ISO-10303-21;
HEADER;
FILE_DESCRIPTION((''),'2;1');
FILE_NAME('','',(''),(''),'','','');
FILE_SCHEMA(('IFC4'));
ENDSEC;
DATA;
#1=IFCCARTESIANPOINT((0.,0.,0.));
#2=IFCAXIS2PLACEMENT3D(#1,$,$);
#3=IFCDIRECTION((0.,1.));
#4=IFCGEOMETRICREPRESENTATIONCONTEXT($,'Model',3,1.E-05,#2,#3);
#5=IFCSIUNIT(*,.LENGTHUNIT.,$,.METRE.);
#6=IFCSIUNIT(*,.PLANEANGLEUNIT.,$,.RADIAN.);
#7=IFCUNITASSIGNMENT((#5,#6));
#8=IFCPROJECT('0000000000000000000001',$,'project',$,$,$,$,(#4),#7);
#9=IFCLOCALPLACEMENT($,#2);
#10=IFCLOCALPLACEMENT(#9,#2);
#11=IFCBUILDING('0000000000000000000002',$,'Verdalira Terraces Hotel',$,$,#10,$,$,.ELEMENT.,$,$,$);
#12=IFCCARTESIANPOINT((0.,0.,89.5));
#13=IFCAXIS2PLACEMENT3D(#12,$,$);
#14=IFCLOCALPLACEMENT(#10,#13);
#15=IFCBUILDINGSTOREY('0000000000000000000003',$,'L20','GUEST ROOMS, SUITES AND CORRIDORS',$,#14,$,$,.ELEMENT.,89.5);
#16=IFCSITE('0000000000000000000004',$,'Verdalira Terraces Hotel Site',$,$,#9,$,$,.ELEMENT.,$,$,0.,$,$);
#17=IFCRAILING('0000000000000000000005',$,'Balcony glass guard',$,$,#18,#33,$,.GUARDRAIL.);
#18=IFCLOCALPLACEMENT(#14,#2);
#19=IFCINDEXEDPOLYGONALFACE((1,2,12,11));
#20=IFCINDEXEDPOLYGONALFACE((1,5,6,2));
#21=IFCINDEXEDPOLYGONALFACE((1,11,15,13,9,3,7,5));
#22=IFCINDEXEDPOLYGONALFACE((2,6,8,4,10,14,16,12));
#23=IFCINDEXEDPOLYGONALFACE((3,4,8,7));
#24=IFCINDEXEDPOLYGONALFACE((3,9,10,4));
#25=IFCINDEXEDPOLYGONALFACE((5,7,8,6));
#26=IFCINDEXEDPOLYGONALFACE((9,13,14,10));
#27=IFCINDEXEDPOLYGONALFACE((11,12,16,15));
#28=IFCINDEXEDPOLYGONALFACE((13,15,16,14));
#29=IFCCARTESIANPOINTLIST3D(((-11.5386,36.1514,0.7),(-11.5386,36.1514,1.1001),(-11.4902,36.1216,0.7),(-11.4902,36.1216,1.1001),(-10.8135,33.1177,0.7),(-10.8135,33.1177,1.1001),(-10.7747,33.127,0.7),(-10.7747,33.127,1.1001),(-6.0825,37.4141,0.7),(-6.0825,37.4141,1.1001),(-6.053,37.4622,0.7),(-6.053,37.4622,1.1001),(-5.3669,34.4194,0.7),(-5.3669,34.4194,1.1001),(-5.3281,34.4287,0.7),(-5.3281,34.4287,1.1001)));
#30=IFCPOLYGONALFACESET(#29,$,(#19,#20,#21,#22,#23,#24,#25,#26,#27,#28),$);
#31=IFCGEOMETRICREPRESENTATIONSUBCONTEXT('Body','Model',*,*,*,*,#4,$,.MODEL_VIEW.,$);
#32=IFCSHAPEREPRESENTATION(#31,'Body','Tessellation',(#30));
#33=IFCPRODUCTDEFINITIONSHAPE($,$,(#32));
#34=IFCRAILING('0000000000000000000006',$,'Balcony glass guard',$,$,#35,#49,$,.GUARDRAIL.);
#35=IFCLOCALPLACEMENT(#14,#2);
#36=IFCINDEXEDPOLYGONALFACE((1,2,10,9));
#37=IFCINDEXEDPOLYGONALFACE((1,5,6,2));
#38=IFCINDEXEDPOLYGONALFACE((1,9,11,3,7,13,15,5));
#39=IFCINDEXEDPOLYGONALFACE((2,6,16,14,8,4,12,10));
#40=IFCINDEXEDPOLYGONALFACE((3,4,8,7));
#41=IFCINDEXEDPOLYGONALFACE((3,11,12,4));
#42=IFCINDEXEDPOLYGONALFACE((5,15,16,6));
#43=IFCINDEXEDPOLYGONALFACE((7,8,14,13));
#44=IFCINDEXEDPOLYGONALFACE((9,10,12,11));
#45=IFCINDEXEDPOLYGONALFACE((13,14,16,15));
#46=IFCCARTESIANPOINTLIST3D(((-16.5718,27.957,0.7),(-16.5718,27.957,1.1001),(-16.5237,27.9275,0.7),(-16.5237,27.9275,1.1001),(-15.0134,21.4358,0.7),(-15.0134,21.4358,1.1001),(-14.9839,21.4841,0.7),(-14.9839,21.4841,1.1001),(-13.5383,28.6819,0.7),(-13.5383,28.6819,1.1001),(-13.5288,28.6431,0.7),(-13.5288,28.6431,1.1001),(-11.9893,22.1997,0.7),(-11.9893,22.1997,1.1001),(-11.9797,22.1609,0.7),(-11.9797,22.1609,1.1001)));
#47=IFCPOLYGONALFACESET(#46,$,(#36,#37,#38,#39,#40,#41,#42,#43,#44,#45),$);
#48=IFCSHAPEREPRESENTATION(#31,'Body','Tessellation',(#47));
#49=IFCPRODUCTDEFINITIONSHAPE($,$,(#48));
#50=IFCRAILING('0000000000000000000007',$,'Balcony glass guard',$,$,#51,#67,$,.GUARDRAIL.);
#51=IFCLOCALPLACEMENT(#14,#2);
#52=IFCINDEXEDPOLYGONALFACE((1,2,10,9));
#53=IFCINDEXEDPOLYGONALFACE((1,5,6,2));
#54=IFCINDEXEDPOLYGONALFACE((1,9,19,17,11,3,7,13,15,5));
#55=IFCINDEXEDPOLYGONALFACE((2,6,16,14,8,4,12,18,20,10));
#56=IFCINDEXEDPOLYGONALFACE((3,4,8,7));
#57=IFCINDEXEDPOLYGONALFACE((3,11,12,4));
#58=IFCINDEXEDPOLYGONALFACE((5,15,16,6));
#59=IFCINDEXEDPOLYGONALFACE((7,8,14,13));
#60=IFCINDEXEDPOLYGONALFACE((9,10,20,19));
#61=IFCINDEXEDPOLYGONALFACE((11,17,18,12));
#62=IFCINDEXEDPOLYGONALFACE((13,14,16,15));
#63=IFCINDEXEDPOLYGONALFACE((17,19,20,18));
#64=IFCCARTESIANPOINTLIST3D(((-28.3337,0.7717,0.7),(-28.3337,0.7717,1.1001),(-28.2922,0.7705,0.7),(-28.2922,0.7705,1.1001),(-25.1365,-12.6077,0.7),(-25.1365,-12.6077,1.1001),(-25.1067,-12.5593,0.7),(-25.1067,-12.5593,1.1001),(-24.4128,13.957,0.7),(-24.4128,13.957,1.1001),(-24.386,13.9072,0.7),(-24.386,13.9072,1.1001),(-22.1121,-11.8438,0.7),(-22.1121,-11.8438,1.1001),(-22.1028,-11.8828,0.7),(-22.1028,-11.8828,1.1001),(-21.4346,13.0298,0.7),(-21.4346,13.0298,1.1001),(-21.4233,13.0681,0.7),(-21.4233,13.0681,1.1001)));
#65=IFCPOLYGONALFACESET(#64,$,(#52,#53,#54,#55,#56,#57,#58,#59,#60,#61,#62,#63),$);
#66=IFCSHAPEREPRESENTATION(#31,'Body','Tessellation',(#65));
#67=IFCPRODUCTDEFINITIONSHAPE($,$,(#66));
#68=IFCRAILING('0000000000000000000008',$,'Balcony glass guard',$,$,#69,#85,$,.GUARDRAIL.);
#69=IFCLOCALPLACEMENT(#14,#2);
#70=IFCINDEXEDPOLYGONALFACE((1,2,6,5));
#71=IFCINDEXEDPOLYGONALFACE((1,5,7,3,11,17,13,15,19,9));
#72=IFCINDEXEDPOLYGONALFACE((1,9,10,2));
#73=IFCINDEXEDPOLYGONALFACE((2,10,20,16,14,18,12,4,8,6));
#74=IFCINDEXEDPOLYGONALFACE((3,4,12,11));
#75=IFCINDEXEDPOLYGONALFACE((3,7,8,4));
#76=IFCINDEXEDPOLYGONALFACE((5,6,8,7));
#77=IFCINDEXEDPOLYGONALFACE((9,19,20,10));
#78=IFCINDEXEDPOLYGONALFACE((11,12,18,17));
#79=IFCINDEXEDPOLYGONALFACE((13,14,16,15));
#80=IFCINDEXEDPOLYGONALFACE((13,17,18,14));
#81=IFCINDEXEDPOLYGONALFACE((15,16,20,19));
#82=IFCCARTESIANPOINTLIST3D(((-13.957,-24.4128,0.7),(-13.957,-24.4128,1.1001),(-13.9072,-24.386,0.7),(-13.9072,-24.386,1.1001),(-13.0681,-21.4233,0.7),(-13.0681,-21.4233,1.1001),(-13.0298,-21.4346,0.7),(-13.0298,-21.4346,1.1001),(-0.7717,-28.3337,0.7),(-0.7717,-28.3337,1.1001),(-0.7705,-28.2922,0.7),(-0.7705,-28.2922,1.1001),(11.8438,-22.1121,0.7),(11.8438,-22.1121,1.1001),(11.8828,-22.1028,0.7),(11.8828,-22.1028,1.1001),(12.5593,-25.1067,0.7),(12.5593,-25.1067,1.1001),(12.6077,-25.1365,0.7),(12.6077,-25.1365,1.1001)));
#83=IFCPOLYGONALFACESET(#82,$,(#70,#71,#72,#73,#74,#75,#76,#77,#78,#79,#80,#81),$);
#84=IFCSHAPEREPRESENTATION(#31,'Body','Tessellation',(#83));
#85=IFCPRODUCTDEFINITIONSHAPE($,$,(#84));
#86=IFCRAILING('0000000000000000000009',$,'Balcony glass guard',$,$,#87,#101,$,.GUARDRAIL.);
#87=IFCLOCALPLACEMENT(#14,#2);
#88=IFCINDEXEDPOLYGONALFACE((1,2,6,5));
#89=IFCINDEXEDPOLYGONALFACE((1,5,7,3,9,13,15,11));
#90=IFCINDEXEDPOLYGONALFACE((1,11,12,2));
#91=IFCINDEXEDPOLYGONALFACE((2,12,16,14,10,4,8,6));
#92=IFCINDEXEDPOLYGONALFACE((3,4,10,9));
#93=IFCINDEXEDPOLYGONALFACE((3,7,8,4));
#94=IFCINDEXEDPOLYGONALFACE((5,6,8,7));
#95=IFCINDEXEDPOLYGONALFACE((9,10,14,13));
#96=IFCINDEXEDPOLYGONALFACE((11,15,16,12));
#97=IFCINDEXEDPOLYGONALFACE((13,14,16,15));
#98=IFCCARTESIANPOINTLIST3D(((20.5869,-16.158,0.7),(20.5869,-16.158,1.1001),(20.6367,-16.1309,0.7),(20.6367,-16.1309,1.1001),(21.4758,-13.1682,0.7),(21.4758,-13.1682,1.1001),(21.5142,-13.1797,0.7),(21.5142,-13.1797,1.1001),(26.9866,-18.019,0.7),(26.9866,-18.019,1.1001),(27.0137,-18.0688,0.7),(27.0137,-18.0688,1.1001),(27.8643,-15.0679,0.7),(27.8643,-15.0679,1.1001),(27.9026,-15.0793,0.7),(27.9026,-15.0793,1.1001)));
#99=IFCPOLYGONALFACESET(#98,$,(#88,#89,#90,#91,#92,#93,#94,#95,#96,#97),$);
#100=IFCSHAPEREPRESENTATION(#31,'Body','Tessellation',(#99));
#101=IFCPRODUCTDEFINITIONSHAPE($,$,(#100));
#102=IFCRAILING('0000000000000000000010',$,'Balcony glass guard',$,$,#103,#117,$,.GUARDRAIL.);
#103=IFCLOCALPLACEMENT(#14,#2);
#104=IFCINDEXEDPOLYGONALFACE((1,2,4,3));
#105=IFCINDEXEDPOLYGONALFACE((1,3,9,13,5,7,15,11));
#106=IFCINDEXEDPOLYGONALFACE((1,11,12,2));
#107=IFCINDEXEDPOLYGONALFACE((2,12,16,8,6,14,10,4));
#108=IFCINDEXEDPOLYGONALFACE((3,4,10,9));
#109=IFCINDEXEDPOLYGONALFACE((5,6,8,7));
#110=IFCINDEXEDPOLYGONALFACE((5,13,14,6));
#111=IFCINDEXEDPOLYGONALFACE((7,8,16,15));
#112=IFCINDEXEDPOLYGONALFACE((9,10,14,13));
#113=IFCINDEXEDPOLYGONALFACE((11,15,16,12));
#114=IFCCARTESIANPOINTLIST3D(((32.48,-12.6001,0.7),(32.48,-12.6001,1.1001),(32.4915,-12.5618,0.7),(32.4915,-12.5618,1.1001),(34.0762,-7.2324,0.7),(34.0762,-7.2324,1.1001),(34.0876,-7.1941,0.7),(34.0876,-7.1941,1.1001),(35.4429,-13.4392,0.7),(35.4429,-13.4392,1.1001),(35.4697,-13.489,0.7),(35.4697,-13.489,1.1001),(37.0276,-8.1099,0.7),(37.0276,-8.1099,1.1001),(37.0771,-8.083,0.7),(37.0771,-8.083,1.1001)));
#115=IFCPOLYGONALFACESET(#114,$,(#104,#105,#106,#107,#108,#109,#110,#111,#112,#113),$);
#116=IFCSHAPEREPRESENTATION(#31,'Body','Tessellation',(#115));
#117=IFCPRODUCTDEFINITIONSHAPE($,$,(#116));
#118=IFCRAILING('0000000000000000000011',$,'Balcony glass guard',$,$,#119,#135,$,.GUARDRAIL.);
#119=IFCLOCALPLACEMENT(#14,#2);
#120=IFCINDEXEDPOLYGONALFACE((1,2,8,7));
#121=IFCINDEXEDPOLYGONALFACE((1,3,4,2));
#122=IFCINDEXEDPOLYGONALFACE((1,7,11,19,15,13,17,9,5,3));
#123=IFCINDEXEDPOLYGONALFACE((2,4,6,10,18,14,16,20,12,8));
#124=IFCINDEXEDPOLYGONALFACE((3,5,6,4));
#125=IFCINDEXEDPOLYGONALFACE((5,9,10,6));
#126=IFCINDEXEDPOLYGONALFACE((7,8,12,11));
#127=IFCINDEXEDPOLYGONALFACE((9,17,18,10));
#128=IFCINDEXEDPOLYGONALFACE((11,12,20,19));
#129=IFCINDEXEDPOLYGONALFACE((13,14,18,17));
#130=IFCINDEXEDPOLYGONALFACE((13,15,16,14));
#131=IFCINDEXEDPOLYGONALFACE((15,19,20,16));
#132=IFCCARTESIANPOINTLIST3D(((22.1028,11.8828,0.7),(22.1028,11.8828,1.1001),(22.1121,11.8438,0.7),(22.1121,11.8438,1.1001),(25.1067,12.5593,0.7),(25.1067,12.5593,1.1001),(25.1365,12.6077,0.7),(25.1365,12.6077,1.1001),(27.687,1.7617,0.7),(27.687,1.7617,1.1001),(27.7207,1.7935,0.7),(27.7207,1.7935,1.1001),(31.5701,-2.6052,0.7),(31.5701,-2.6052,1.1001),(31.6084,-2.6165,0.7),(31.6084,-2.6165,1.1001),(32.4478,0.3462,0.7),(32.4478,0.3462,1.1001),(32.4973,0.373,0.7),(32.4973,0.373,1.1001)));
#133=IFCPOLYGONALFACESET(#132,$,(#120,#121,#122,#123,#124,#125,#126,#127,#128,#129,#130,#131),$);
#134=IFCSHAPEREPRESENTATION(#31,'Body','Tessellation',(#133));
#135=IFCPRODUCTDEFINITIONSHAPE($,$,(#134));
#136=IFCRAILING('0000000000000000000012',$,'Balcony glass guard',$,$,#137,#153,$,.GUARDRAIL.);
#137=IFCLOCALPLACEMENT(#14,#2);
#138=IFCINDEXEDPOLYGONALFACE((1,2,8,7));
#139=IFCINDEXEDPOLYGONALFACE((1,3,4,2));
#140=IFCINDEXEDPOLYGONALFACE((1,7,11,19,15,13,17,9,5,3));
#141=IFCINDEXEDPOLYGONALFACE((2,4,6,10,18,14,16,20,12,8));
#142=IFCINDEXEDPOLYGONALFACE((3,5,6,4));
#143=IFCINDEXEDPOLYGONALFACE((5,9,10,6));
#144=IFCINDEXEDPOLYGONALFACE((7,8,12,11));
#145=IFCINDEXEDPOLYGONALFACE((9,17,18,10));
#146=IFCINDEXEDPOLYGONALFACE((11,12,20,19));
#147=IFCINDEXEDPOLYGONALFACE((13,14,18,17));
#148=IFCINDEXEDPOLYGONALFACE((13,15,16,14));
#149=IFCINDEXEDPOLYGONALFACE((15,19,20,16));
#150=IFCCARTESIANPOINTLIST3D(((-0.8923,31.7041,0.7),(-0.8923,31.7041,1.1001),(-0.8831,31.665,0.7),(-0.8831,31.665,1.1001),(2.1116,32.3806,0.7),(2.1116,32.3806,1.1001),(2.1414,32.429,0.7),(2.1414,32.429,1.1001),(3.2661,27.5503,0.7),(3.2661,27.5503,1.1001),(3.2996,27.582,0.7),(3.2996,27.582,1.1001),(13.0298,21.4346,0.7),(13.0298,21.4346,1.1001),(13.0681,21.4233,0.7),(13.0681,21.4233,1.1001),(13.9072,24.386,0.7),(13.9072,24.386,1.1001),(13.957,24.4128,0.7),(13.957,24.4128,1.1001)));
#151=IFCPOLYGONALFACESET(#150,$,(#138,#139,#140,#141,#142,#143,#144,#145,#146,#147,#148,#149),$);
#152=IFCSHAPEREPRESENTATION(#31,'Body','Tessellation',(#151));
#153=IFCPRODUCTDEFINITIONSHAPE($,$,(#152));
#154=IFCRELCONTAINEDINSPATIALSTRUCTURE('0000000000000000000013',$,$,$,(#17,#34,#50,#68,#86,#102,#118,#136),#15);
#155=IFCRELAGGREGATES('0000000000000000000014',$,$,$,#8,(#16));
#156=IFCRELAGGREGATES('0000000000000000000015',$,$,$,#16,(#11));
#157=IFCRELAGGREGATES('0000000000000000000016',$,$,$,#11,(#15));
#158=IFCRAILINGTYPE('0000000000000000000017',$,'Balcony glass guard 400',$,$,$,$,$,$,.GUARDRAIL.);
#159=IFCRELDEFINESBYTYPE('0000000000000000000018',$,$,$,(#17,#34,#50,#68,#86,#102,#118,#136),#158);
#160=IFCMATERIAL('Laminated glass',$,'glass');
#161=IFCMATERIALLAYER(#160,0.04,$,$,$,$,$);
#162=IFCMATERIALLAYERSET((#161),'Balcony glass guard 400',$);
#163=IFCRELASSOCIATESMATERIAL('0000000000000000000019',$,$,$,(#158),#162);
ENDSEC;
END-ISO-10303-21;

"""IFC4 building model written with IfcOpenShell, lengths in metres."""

from ifc_helpers import new_model, si_unit, direction, frame, origin, place, context, subcontext, project, spatial, polyline, outline, extrude, material, layer, layer_set, type_object, element, save


model = new_model("IFC4")

# Units and contexts
model_context = context("Model", 3, precision=1e-05, world=origin(), true_north=direction((0.0, 1.0)))
body_context = subcontext(model_context, "Body", "Model", "MODEL_VIEW")
ifc_project = project(units=[si_unit("LENGTHUNIT", "METRE"), si_unit("PLANEANGLEUNIT", "RADIAN")], contexts=[model_context])

# Site, building, storey
site_placement = place(None, origin())
site = spatial("IfcSite", under=ifc_project, at=site_placement, Name="Verdalira Terraces Hotel Site", CompositionType="ELEMENT", RefElevation=0.0)
building_placement = place(site_placement, origin())
building = spatial("IfcBuilding", under=site, at=building_placement, Name="Verdalira Terraces Hotel", CompositionType="ELEMENT")
storey_placement = place(building_placement, frame((0.0, 0.0, 89.5)))
storey = spatial("IfcBuildingStorey", under=building, at=storey_placement, Name="L20", Description="GUEST ROOMS, SUITES AND CORRIDORS", CompositionType="ELEMENT", Elevation=89.5)

# Railings
ifc_material_1 = material(Name="Laminated glass", Category="glass")
ifc_layer_1 = layer(ifc_material_1, 0.04)
ifc_layer_set_1 = layer_set([ifc_layer_1], Name="Balcony glass guard 400")
railing_type = type_object("IfcRailingType", Name="Balcony glass guard 400", PredefinedType="GUARDRAIL", material=ifc_layer_set_1)
railing_1_placement = place(storey_placement, frame((0.0, 0.0, 0.7)))
element("IfcRailing", 1, at=railing_1_placement, inside=storey, type_object=railing_type, Name="Balcony glass guard", PredefinedType="GUARDRAIL", context=body_context, shape_type="SweptSolid", body=[
    extrude(outline(polyline([(-6.0825, 37.4141), (-11.4902, 36.1216), (-10.7747, 33.127), (-10.8135, 33.1177), (-11.5386, 36.1514), (-6.053, 37.4622), (-5.3281, 34.4287), (-5.3669, 34.4194), (-6.0825, 37.4141)])), origin(), (0.0, 0.0, 1.0), 0.4001),
])
railing_2_placement = place(storey_placement, frame((0.0, 0.0, 0.7)))
element("IfcRailing", 2, at=railing_2_placement, inside=storey, type_object=railing_type, Name="Balcony glass guard", PredefinedType="GUARDRAIL", context=body_context, shape_type="SweptSolid", body=[
    extrude(outline(polyline([(-16.5237, 27.9275), (-14.9839, 21.4841), (-11.9893, 22.1997), (-11.9797, 22.1609), (-15.0134, 21.4358), (-16.5718, 27.957), (-13.5383, 28.6819), (-13.5288, 28.6431), (-16.5237, 27.9275)])), origin(), (0.0, 0.0, 1.0), 0.4001),
])
railing_3_placement = place(storey_placement, frame((0.0, 0.0, 0.7)))
element("IfcRailing", 3, at=railing_3_placement, inside=storey, type_object=railing_type, Name="Balcony glass guard", PredefinedType="GUARDRAIL", context=body_context, shape_type="SweptSolid", body=[
    extrude(outline(polyline([(-24.386, 13.9072), (-28.2922, 0.7705), (-25.1067, -12.5593), (-22.1121, -11.8438), (-22.1028, -11.8828), (-25.1365, -12.6077), (-28.3337, 0.7717), (-24.4128, 13.957), (-21.4233, 13.0681), (-21.4346, 13.0298), (-24.386, 13.9072)])), origin(), (0.0, 0.0, 1.0), 0.4001),
])
railing_4_placement = place(storey_placement, frame((0.0, 0.0, 0.7)))
element("IfcRailing", 4, at=railing_4_placement, inside=storey, type_object=railing_type, Name="Balcony glass guard", PredefinedType="GUARDRAIL", context=body_context, shape_type="SweptSolid", body=[
    extrude(outline(polyline([(-13.9072, -24.386), (-0.7705, -28.2922), (12.5593, -25.1067), (11.8438, -22.1121), (11.8828, -22.1028), (12.6077, -25.1365), (-0.7717, -28.3337), (-13.957, -24.4128), (-13.0681, -21.4233), (-13.0298, -21.4346), (-13.9072, -24.386)])), origin(), (0.0, 0.0, 1.0), 0.4001),
])
railing_5_placement = place(storey_placement, frame((0.0, 0.0, 0.7)))
element("IfcRailing", 5, at=railing_5_placement, inside=storey, type_object=railing_type, Name="Balcony glass guard", PredefinedType="GUARDRAIL", context=body_context, shape_type="SweptSolid", body=[
    extrude(outline(polyline([(20.6367, -16.1309), (26.9866, -18.019), (27.8643, -15.0679), (27.9026, -15.0793), (27.0137, -18.0688), (20.5869, -16.158), (21.4758, -13.1682), (21.5142, -13.1797), (20.6367, -16.1309)])), origin(), (0.0, 0.0, 1.0), 0.4001),
])
railing_6_placement = place(storey_placement, frame((0.0, 0.0, 0.7)))
element("IfcRailing", 6, at=railing_6_placement, inside=storey, type_object=railing_type, Name="Balcony glass guard", PredefinedType="GUARDRAIL", context=body_context, shape_type="SweptSolid", body=[
    extrude(outline(polyline([(35.4429, -13.4392), (37.0276, -8.1099), (34.0762, -7.2324), (34.0876, -7.1941), (37.0771, -8.083), (35.4697, -13.489), (32.48, -12.6001), (32.4915, -12.5618), (35.4429, -13.4392)])), origin(), (0.0, 0.0, 1.0), 0.4001),
])
railing_7_placement = place(storey_placement, frame((0.0, 0.0, 0.7)))
element("IfcRailing", 7, at=railing_7_placement, inside=storey, type_object=railing_type, Name="Balcony glass guard", PredefinedType="GUARDRAIL", context=body_context, shape_type="SweptSolid", body=[
    extrude(outline(polyline([(32.4478, 0.3462), (27.687, 1.7617), (25.1067, 12.5593), (22.1121, 11.8438), (22.1028, 11.8828), (25.1365, 12.6077), (27.7207, 1.7935), (32.4973, 0.373), (31.6084, -2.6165), (31.5701, -2.6052), (32.4478, 0.3462)])), origin(), (0.0, 0.0, 1.0), 0.4001),
])
railing_8_placement = place(storey_placement, frame((0.0, 0.0, 0.7)))
element("IfcRailing", 8, at=railing_8_placement, inside=storey, type_object=railing_type, Name="Balcony glass guard", PredefinedType="GUARDRAIL", context=body_context, shape_type="SweptSolid", body=[
    extrude(outline(polyline([(13.9072, 24.386), (3.2661, 27.5503), (2.1116, 32.3806), (-0.8831, 31.665), (-0.8923, 31.7041), (2.1414, 32.429), (3.2996, 27.582), (13.957, 24.4128), (13.0681, 21.4233), (13.0298, 21.4346), (13.9072, 24.386)])), origin(), (0.0, 0.0, 1.0), 0.4001),
])

save(model, "model.ifc")
